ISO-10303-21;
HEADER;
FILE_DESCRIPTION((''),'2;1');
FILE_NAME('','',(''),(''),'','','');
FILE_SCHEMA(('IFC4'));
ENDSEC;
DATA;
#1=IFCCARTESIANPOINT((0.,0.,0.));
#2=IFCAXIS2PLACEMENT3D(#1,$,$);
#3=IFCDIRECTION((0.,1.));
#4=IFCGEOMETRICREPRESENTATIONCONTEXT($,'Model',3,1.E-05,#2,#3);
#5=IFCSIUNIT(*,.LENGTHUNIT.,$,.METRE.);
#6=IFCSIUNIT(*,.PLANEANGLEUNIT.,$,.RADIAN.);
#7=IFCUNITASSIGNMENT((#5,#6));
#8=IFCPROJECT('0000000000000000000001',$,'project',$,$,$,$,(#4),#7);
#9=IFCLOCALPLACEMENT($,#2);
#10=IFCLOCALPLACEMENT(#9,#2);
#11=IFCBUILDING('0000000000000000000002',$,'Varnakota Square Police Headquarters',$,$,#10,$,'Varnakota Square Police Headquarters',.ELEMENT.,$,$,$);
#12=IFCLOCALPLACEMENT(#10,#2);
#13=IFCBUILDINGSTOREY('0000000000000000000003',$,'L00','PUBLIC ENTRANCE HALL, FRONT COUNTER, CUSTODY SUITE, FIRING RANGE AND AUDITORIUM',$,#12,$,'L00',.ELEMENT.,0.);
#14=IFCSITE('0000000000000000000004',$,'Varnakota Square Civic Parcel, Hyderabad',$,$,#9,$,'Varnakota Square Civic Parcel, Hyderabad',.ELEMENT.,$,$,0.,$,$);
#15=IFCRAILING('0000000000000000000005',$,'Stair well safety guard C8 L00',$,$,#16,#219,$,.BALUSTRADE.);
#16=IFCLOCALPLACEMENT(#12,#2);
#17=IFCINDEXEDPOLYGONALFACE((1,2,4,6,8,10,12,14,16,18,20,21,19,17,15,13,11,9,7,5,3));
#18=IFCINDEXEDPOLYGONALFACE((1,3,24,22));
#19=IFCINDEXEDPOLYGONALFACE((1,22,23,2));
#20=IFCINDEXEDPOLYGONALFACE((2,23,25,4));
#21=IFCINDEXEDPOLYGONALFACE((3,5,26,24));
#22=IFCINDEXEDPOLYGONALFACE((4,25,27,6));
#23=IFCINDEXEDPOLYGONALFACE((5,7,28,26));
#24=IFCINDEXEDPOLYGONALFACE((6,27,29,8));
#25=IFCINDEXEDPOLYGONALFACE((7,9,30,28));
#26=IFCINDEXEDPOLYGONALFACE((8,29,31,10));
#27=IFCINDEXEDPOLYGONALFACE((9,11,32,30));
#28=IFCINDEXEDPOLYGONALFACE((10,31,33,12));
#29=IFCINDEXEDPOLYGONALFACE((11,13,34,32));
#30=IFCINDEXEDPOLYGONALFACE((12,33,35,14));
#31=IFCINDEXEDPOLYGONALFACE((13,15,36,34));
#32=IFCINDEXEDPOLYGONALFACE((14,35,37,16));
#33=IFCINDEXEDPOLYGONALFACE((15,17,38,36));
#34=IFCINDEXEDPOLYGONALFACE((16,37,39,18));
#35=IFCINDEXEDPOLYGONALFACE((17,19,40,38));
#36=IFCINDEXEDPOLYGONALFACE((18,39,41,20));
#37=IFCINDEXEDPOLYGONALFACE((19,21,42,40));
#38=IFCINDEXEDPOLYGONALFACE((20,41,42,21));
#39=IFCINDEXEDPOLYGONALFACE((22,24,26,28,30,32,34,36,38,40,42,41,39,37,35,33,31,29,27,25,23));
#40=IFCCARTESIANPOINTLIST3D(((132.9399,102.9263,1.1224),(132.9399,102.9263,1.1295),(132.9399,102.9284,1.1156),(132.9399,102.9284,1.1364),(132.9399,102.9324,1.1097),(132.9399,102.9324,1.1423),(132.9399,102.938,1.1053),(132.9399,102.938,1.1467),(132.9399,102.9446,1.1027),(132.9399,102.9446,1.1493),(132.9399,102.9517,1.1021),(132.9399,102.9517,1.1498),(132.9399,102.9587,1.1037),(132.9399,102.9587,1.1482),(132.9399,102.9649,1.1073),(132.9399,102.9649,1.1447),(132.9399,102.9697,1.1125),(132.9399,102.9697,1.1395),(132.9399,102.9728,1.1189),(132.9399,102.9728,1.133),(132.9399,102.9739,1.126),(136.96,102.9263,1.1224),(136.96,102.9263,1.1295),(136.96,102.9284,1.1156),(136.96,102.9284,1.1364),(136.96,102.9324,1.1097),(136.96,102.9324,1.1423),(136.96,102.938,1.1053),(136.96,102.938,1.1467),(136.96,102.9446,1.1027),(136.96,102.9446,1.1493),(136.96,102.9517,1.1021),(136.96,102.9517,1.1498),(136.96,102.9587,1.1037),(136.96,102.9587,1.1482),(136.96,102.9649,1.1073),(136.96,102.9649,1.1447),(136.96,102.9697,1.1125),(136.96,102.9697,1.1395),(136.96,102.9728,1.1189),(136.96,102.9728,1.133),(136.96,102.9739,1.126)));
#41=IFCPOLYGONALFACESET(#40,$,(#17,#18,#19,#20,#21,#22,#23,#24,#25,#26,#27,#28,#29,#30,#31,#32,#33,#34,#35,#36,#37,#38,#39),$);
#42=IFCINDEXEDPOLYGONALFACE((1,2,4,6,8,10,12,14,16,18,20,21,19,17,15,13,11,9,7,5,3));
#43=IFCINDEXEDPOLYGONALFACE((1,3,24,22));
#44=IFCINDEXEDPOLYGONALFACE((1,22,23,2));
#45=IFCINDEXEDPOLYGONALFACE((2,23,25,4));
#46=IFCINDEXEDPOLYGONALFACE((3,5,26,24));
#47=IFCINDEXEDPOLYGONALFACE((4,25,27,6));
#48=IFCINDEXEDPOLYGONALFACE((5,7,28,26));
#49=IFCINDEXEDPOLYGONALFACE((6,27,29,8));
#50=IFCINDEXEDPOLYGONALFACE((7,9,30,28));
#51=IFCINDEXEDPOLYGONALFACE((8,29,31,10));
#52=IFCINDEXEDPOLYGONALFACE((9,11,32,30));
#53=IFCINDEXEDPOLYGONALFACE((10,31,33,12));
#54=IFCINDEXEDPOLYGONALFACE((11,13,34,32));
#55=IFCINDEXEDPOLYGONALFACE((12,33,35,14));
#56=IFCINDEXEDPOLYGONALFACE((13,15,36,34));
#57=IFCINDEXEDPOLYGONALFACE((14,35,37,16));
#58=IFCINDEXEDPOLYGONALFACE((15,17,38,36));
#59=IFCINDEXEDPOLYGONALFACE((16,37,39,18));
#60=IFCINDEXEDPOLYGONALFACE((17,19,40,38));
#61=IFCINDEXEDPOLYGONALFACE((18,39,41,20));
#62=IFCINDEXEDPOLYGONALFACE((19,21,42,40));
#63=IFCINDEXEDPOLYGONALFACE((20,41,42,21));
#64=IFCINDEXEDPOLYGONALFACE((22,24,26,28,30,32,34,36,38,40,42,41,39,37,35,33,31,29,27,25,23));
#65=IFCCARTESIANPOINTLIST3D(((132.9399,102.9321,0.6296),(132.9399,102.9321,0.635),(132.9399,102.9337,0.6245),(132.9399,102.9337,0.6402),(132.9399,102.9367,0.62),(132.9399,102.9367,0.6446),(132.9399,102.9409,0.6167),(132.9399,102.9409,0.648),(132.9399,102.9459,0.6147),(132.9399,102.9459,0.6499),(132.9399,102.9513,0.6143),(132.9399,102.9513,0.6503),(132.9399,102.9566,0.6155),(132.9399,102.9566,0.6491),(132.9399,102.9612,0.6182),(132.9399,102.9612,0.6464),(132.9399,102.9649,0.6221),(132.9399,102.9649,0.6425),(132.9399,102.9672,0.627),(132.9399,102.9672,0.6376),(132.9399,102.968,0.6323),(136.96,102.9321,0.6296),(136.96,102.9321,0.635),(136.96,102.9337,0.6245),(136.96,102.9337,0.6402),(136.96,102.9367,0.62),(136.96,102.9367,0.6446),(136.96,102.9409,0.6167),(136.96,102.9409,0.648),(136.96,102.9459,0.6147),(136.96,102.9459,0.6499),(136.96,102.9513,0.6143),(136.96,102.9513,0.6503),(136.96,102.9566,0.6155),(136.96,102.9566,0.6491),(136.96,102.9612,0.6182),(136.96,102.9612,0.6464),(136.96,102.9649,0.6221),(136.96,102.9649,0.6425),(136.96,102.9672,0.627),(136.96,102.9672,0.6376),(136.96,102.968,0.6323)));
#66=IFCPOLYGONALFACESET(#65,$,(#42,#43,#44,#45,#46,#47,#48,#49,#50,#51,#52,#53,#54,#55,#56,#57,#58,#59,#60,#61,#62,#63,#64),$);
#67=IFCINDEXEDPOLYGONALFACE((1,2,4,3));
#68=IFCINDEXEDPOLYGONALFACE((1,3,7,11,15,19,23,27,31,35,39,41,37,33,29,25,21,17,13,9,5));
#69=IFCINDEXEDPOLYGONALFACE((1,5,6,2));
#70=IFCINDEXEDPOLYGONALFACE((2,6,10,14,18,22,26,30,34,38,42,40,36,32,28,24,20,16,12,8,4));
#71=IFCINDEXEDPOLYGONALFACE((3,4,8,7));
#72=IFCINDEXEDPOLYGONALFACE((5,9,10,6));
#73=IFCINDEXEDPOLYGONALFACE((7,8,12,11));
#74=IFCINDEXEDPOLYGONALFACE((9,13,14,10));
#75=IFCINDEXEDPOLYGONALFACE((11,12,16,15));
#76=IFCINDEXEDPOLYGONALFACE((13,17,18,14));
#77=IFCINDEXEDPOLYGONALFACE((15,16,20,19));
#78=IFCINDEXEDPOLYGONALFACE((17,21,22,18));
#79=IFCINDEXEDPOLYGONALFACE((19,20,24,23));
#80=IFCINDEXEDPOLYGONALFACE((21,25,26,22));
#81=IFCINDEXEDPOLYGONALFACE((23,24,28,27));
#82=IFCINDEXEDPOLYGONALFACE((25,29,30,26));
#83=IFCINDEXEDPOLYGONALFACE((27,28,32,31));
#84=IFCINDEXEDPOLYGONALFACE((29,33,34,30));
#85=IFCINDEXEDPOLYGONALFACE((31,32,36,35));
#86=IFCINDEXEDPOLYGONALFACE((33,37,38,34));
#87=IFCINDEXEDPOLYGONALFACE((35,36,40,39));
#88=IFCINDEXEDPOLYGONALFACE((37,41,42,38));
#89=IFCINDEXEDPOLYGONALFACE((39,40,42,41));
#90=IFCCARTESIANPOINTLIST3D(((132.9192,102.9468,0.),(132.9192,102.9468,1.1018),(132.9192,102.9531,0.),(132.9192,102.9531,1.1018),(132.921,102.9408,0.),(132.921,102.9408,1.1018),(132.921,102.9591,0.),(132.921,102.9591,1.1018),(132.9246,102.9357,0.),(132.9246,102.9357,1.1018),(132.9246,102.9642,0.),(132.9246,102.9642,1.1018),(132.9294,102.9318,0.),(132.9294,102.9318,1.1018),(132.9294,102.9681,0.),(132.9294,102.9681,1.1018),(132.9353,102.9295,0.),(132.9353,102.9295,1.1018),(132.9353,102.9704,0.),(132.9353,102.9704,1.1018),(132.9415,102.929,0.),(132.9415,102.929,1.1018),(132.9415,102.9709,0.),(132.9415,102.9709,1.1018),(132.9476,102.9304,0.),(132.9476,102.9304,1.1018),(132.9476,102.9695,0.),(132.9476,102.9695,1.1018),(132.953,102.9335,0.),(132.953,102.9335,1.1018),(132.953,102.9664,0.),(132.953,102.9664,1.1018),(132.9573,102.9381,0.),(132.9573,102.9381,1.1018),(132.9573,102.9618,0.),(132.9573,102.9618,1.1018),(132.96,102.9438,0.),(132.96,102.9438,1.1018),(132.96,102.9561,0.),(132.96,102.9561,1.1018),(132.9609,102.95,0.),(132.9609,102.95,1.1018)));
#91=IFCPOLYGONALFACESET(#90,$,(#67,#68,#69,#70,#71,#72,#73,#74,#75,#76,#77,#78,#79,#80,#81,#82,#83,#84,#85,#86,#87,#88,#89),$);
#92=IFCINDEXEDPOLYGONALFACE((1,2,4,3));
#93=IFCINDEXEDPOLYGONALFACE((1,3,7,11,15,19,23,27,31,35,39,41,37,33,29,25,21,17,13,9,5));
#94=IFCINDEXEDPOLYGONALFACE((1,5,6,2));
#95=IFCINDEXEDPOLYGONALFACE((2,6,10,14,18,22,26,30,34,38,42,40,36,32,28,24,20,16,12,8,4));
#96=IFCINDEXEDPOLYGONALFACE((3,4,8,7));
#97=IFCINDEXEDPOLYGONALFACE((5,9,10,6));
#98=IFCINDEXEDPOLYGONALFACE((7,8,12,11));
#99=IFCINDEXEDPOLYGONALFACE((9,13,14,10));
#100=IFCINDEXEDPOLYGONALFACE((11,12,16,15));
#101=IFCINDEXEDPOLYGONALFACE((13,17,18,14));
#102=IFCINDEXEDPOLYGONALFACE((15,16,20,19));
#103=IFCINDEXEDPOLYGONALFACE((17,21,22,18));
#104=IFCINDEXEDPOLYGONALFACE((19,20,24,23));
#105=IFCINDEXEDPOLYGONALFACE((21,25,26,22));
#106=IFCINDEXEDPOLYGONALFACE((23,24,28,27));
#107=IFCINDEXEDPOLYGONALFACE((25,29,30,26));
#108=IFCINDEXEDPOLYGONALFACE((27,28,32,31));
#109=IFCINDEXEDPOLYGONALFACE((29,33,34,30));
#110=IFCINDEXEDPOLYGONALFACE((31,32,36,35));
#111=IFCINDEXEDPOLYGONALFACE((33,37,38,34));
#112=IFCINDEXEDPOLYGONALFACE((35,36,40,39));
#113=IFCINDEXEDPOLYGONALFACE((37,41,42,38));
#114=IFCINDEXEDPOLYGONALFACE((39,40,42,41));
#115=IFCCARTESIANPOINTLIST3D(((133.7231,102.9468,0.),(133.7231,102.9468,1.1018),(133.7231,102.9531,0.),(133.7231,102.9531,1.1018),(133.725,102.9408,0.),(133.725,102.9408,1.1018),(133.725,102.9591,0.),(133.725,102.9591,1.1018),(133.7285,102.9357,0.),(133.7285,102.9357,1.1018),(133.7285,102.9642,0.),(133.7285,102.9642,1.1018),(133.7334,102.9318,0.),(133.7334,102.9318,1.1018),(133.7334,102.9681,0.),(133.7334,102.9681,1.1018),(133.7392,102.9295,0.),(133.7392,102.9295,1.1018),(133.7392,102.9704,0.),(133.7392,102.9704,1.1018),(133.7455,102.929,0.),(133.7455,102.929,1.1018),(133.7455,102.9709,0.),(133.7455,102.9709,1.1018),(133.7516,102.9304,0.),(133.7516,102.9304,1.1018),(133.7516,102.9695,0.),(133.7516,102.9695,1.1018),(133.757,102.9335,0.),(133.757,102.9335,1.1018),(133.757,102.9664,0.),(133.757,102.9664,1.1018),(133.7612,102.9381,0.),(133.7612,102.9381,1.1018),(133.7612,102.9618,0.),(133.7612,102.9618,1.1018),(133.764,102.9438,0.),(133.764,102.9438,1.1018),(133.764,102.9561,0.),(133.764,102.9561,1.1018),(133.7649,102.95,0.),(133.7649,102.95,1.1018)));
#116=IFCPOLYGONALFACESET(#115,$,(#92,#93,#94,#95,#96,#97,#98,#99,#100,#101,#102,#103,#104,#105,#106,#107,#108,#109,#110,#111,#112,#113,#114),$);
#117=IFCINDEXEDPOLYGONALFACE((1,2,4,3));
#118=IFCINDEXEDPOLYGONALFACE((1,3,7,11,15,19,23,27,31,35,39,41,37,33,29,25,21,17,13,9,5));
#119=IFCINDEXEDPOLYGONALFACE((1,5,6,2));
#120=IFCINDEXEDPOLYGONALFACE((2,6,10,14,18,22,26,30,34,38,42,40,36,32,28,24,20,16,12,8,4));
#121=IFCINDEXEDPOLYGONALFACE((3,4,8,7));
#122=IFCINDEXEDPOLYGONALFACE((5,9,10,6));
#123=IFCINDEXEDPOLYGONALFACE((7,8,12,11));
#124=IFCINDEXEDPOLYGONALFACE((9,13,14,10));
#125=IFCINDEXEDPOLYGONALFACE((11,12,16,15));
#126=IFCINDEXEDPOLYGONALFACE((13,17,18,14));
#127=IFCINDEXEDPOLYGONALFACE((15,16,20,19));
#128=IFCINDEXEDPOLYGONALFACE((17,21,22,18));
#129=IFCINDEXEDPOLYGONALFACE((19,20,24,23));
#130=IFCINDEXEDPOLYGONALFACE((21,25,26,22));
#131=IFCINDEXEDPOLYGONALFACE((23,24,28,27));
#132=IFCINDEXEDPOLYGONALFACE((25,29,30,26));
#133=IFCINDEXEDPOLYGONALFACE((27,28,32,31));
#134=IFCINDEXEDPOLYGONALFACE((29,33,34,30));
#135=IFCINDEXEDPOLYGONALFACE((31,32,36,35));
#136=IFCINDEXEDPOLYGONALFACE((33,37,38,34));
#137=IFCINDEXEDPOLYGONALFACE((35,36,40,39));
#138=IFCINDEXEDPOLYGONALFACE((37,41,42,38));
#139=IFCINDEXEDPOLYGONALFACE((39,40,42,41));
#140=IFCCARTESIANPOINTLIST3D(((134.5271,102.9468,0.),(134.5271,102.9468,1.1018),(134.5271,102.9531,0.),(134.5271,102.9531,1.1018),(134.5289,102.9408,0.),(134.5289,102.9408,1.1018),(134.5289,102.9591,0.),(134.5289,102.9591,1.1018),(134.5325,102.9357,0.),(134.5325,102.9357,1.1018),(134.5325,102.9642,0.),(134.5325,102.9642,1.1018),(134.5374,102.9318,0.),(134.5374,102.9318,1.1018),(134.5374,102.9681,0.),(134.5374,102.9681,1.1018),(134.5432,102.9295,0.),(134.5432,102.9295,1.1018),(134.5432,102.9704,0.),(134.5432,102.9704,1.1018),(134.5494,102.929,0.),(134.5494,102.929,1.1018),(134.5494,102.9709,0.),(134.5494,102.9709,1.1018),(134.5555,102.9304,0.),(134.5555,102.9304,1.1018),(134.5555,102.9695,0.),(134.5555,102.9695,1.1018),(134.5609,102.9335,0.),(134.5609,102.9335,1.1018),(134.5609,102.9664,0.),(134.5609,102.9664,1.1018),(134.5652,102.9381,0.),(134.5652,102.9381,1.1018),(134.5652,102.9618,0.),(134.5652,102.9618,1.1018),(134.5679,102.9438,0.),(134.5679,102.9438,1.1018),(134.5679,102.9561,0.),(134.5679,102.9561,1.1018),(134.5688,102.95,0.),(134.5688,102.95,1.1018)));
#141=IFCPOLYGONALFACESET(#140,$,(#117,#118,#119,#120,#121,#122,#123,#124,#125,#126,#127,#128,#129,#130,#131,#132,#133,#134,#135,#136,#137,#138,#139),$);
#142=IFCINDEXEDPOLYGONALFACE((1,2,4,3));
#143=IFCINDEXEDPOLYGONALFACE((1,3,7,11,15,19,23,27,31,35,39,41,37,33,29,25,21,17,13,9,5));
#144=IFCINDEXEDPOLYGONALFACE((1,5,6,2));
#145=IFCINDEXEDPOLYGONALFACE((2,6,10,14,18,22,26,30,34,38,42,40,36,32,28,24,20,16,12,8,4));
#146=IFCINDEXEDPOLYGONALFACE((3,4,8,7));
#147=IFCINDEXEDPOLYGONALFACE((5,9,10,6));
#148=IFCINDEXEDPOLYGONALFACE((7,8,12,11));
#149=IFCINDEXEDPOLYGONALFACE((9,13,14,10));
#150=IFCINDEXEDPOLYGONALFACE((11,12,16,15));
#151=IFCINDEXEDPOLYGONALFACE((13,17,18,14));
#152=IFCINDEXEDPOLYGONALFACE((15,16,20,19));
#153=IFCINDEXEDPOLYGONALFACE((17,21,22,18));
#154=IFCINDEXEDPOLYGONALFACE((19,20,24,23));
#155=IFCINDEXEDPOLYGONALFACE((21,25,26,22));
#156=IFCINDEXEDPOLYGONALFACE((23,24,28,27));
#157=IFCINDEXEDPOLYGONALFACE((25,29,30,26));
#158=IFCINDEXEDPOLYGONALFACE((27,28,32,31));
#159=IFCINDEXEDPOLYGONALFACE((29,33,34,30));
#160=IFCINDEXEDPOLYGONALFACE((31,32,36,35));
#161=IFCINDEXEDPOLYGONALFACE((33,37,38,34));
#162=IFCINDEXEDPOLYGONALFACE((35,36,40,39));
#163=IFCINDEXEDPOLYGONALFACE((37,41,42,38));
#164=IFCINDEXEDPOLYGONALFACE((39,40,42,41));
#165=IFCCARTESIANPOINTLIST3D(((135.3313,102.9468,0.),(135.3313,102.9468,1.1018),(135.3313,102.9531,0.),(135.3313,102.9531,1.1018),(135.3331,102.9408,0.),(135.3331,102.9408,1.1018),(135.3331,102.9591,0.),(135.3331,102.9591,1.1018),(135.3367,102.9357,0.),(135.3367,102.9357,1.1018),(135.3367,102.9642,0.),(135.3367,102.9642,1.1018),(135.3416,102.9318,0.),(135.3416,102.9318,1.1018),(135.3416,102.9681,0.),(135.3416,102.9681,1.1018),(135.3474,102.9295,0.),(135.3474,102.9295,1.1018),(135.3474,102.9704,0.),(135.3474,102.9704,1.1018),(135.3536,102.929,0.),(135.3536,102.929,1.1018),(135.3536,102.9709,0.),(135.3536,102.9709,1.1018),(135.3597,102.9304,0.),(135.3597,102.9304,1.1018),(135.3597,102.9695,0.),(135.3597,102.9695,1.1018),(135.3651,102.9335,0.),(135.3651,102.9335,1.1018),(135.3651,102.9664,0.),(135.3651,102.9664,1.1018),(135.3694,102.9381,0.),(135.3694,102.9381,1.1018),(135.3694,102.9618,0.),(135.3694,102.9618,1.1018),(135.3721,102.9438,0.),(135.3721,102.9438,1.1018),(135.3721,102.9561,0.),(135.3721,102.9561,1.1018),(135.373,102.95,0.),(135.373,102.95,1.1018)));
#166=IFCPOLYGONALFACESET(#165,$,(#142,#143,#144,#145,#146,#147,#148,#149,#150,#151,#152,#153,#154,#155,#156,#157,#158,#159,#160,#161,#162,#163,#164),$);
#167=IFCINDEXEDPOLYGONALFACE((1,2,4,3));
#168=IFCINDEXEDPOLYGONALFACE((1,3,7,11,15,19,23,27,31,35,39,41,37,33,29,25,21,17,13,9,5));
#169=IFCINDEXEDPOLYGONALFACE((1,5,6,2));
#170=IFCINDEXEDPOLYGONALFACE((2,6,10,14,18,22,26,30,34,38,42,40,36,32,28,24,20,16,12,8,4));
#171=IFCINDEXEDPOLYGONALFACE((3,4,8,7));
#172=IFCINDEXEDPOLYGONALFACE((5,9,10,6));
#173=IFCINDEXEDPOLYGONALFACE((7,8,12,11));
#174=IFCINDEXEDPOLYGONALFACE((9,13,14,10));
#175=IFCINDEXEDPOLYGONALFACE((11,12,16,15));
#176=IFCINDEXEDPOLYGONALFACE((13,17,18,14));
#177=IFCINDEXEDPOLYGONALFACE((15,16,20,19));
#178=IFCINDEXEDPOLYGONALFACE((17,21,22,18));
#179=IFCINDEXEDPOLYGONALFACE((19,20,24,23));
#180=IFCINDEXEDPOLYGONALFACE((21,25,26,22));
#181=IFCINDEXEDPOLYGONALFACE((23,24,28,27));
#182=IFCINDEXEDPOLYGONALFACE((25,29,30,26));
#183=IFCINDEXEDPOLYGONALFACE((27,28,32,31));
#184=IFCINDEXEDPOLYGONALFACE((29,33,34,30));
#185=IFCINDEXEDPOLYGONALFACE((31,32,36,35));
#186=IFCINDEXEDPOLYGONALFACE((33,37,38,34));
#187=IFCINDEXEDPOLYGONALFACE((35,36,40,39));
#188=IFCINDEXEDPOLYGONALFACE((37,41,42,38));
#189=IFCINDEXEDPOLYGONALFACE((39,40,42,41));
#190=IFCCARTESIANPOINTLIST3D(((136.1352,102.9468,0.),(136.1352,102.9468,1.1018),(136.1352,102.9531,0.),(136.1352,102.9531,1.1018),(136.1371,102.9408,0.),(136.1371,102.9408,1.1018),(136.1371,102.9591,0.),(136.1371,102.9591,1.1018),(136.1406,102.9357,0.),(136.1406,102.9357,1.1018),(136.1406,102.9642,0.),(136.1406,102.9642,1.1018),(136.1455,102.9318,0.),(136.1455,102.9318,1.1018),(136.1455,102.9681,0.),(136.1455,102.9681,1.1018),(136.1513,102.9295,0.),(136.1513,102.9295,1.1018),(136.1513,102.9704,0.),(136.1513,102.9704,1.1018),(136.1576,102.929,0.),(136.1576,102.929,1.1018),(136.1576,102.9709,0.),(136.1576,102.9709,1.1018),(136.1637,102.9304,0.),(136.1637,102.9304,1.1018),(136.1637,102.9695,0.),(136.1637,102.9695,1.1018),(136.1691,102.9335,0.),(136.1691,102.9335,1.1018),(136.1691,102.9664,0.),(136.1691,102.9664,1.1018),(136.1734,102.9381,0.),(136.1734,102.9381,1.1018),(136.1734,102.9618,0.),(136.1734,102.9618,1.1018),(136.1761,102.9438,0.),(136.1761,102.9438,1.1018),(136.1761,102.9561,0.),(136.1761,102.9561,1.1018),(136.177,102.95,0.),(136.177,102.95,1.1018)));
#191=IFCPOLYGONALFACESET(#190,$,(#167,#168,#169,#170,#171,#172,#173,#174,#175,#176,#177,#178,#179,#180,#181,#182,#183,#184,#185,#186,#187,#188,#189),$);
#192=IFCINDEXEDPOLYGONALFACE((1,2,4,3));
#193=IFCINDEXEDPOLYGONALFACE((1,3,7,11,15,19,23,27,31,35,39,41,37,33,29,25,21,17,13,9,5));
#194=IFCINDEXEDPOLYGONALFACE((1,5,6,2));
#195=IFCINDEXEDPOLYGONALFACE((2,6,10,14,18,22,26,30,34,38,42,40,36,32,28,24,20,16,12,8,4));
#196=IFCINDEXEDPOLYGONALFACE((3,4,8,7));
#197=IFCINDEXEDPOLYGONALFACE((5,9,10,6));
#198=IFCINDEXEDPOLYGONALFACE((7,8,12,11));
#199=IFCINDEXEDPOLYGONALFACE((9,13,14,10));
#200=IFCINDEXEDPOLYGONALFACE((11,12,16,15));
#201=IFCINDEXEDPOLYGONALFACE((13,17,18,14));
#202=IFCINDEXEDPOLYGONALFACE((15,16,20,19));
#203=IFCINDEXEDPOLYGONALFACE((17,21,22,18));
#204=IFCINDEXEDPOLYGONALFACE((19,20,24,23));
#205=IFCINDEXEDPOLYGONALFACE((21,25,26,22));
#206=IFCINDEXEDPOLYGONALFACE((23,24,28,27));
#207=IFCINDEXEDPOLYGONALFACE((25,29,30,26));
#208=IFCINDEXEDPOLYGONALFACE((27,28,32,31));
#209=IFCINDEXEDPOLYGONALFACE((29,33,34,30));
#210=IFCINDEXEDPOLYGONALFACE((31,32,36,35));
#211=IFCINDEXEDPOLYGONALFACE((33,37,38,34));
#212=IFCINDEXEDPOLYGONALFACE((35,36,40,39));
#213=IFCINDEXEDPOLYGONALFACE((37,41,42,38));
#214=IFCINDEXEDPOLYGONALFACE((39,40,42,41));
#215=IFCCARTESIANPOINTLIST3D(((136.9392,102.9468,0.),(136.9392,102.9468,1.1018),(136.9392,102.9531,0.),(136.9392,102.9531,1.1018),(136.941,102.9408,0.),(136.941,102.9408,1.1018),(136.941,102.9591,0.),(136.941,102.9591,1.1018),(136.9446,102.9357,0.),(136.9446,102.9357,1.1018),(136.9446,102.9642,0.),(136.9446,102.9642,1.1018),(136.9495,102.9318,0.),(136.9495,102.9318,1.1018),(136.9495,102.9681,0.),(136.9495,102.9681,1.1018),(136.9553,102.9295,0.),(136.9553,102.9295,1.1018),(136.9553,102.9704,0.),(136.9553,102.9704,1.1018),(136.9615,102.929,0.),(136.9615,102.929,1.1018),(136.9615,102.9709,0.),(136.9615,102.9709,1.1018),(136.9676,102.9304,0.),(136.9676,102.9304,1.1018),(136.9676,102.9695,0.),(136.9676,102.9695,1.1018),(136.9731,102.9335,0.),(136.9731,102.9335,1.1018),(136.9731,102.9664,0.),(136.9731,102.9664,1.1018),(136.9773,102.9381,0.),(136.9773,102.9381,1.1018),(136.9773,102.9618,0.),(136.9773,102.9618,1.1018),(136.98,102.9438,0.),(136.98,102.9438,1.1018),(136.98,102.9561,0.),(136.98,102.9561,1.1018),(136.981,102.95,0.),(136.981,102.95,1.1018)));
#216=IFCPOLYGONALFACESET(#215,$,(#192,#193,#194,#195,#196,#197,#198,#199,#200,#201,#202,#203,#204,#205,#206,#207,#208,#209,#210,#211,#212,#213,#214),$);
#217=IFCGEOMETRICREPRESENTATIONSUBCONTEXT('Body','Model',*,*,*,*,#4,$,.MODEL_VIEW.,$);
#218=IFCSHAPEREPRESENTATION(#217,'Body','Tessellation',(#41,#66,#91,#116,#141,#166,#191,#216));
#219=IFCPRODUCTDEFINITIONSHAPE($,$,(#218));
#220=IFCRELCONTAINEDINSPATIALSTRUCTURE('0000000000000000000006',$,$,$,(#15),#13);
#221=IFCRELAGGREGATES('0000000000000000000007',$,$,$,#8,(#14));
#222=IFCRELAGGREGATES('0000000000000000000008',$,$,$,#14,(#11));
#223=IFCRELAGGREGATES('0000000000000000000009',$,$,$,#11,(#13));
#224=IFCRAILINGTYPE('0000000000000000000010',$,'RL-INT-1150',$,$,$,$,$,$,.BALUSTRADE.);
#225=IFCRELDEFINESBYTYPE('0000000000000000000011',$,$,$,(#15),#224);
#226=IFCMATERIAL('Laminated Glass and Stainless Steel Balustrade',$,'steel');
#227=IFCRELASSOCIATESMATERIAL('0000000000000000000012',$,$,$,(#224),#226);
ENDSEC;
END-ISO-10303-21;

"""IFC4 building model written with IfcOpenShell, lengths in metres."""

from ifc_helpers import new_model, si_unit, direction, frame, origin, origin_2d, place, context, subcontext, project, spatial, circle, extrude, material, type_object, element, save


model = new_model("IFC4")

# Units and contexts
model_context = context("Model", 3, precision=1e-05, world=origin(), true_north=direction((0.0, 1.0)))
body_context = subcontext(model_context, "Body", "Model", "MODEL_VIEW")
ifc_project = project(units=[si_unit("LENGTHUNIT", "METRE"), si_unit("PLANEANGLEUNIT", "RADIAN")], contexts=[model_context])

# Site, building, storey
site_placement = place(None, origin())
site = spatial("IfcSite", under=ifc_project, at=site_placement, Name="Varnakota Square Civic Parcel, Hyderabad", LongName="Varnakota Square Civic Parcel, Hyderabad", CompositionType="ELEMENT", RefElevation=0.0)
building_placement = place(site_placement, origin())
building = spatial("IfcBuilding", under=site, at=building_placement, Name="Varnakota Square Police Headquarters", LongName="Varnakota Square Police Headquarters", CompositionType="ELEMENT")
storey_placement = place(building_placement, origin())
storey = spatial("IfcBuildingStorey", under=building, at=storey_placement, Name="L00", Description="PUBLIC ENTRANCE HALL, FRONT COUNTER, CUSTODY SUITE, FIRING RANGE AND AUDITORIUM", LongName="L00", CompositionType="ELEMENT", Elevation=0.0)

# Railing
ifc_material_1 = material(Name="Laminated Glass and Stainless Steel Balustrade", Category="steel")
railing_type_1 = type_object("IfcRailingType", Name="RL-INT-1150", PredefinedType="BALUSTRADE", material=ifc_material_1)
railing_1_placement = place(storey_placement, frame((132.9399, 102.95, 0.0)))
element("IfcRailing", 1, at=railing_1_placement, inside=storey, type_object=railing_type_1, Name="Stair well safety guard C8 L00", PredefinedType="BALUSTRADE", context=body_context, shape_type="SweptSolid", body=[
    extrude(circle(Radius=0.0239, at=origin_2d()), frame((0.0, 0.0, 1.126), z_axis=(1.0, 0.0, 0.0), x_axis=(0.0, 1.0, 0.0)), (0.0, 0.0, 1.0), 4.02),
    extrude(circle(Radius=0.0181, at=origin_2d()), frame((0.0, 0.0, 0.6323), z_axis=(1.0, 0.0, 0.0), x_axis=(0.0, 1.0, 0.0)), (0.0, 0.0, 1.0), 4.02),
    extrude(circle(Radius=0.021, at=origin_2d()), origin(), (0.0, 0.0, 1.0), 1.1018),
    extrude(circle(Radius=0.021, at=origin_2d()), frame((0.804, 0.0, 0.0)), (0.0, 0.0, 1.0), 1.1018),
    extrude(circle(Radius=0.021, at=origin_2d()), frame((1.6079, 0.0, 0.0)), (0.0, 0.0, 1.0), 1.1018),
    extrude(circle(Radius=0.021, at=origin_2d()), frame((2.4121, 0.0, 0.0)), (0.0, 0.0, 1.0), 1.1018),
    extrude(circle(Radius=0.021, at=origin_2d()), frame((3.2161, 0.0, 0.0)), (0.0, 0.0, 1.0), 1.1018),
    extrude(circle(Radius=0.021, at=origin_2d()), frame((4.02, 0.0, 0.0)), (0.0, 0.0, 1.0), 1.1018),
])

save(model, "model.ifc")
